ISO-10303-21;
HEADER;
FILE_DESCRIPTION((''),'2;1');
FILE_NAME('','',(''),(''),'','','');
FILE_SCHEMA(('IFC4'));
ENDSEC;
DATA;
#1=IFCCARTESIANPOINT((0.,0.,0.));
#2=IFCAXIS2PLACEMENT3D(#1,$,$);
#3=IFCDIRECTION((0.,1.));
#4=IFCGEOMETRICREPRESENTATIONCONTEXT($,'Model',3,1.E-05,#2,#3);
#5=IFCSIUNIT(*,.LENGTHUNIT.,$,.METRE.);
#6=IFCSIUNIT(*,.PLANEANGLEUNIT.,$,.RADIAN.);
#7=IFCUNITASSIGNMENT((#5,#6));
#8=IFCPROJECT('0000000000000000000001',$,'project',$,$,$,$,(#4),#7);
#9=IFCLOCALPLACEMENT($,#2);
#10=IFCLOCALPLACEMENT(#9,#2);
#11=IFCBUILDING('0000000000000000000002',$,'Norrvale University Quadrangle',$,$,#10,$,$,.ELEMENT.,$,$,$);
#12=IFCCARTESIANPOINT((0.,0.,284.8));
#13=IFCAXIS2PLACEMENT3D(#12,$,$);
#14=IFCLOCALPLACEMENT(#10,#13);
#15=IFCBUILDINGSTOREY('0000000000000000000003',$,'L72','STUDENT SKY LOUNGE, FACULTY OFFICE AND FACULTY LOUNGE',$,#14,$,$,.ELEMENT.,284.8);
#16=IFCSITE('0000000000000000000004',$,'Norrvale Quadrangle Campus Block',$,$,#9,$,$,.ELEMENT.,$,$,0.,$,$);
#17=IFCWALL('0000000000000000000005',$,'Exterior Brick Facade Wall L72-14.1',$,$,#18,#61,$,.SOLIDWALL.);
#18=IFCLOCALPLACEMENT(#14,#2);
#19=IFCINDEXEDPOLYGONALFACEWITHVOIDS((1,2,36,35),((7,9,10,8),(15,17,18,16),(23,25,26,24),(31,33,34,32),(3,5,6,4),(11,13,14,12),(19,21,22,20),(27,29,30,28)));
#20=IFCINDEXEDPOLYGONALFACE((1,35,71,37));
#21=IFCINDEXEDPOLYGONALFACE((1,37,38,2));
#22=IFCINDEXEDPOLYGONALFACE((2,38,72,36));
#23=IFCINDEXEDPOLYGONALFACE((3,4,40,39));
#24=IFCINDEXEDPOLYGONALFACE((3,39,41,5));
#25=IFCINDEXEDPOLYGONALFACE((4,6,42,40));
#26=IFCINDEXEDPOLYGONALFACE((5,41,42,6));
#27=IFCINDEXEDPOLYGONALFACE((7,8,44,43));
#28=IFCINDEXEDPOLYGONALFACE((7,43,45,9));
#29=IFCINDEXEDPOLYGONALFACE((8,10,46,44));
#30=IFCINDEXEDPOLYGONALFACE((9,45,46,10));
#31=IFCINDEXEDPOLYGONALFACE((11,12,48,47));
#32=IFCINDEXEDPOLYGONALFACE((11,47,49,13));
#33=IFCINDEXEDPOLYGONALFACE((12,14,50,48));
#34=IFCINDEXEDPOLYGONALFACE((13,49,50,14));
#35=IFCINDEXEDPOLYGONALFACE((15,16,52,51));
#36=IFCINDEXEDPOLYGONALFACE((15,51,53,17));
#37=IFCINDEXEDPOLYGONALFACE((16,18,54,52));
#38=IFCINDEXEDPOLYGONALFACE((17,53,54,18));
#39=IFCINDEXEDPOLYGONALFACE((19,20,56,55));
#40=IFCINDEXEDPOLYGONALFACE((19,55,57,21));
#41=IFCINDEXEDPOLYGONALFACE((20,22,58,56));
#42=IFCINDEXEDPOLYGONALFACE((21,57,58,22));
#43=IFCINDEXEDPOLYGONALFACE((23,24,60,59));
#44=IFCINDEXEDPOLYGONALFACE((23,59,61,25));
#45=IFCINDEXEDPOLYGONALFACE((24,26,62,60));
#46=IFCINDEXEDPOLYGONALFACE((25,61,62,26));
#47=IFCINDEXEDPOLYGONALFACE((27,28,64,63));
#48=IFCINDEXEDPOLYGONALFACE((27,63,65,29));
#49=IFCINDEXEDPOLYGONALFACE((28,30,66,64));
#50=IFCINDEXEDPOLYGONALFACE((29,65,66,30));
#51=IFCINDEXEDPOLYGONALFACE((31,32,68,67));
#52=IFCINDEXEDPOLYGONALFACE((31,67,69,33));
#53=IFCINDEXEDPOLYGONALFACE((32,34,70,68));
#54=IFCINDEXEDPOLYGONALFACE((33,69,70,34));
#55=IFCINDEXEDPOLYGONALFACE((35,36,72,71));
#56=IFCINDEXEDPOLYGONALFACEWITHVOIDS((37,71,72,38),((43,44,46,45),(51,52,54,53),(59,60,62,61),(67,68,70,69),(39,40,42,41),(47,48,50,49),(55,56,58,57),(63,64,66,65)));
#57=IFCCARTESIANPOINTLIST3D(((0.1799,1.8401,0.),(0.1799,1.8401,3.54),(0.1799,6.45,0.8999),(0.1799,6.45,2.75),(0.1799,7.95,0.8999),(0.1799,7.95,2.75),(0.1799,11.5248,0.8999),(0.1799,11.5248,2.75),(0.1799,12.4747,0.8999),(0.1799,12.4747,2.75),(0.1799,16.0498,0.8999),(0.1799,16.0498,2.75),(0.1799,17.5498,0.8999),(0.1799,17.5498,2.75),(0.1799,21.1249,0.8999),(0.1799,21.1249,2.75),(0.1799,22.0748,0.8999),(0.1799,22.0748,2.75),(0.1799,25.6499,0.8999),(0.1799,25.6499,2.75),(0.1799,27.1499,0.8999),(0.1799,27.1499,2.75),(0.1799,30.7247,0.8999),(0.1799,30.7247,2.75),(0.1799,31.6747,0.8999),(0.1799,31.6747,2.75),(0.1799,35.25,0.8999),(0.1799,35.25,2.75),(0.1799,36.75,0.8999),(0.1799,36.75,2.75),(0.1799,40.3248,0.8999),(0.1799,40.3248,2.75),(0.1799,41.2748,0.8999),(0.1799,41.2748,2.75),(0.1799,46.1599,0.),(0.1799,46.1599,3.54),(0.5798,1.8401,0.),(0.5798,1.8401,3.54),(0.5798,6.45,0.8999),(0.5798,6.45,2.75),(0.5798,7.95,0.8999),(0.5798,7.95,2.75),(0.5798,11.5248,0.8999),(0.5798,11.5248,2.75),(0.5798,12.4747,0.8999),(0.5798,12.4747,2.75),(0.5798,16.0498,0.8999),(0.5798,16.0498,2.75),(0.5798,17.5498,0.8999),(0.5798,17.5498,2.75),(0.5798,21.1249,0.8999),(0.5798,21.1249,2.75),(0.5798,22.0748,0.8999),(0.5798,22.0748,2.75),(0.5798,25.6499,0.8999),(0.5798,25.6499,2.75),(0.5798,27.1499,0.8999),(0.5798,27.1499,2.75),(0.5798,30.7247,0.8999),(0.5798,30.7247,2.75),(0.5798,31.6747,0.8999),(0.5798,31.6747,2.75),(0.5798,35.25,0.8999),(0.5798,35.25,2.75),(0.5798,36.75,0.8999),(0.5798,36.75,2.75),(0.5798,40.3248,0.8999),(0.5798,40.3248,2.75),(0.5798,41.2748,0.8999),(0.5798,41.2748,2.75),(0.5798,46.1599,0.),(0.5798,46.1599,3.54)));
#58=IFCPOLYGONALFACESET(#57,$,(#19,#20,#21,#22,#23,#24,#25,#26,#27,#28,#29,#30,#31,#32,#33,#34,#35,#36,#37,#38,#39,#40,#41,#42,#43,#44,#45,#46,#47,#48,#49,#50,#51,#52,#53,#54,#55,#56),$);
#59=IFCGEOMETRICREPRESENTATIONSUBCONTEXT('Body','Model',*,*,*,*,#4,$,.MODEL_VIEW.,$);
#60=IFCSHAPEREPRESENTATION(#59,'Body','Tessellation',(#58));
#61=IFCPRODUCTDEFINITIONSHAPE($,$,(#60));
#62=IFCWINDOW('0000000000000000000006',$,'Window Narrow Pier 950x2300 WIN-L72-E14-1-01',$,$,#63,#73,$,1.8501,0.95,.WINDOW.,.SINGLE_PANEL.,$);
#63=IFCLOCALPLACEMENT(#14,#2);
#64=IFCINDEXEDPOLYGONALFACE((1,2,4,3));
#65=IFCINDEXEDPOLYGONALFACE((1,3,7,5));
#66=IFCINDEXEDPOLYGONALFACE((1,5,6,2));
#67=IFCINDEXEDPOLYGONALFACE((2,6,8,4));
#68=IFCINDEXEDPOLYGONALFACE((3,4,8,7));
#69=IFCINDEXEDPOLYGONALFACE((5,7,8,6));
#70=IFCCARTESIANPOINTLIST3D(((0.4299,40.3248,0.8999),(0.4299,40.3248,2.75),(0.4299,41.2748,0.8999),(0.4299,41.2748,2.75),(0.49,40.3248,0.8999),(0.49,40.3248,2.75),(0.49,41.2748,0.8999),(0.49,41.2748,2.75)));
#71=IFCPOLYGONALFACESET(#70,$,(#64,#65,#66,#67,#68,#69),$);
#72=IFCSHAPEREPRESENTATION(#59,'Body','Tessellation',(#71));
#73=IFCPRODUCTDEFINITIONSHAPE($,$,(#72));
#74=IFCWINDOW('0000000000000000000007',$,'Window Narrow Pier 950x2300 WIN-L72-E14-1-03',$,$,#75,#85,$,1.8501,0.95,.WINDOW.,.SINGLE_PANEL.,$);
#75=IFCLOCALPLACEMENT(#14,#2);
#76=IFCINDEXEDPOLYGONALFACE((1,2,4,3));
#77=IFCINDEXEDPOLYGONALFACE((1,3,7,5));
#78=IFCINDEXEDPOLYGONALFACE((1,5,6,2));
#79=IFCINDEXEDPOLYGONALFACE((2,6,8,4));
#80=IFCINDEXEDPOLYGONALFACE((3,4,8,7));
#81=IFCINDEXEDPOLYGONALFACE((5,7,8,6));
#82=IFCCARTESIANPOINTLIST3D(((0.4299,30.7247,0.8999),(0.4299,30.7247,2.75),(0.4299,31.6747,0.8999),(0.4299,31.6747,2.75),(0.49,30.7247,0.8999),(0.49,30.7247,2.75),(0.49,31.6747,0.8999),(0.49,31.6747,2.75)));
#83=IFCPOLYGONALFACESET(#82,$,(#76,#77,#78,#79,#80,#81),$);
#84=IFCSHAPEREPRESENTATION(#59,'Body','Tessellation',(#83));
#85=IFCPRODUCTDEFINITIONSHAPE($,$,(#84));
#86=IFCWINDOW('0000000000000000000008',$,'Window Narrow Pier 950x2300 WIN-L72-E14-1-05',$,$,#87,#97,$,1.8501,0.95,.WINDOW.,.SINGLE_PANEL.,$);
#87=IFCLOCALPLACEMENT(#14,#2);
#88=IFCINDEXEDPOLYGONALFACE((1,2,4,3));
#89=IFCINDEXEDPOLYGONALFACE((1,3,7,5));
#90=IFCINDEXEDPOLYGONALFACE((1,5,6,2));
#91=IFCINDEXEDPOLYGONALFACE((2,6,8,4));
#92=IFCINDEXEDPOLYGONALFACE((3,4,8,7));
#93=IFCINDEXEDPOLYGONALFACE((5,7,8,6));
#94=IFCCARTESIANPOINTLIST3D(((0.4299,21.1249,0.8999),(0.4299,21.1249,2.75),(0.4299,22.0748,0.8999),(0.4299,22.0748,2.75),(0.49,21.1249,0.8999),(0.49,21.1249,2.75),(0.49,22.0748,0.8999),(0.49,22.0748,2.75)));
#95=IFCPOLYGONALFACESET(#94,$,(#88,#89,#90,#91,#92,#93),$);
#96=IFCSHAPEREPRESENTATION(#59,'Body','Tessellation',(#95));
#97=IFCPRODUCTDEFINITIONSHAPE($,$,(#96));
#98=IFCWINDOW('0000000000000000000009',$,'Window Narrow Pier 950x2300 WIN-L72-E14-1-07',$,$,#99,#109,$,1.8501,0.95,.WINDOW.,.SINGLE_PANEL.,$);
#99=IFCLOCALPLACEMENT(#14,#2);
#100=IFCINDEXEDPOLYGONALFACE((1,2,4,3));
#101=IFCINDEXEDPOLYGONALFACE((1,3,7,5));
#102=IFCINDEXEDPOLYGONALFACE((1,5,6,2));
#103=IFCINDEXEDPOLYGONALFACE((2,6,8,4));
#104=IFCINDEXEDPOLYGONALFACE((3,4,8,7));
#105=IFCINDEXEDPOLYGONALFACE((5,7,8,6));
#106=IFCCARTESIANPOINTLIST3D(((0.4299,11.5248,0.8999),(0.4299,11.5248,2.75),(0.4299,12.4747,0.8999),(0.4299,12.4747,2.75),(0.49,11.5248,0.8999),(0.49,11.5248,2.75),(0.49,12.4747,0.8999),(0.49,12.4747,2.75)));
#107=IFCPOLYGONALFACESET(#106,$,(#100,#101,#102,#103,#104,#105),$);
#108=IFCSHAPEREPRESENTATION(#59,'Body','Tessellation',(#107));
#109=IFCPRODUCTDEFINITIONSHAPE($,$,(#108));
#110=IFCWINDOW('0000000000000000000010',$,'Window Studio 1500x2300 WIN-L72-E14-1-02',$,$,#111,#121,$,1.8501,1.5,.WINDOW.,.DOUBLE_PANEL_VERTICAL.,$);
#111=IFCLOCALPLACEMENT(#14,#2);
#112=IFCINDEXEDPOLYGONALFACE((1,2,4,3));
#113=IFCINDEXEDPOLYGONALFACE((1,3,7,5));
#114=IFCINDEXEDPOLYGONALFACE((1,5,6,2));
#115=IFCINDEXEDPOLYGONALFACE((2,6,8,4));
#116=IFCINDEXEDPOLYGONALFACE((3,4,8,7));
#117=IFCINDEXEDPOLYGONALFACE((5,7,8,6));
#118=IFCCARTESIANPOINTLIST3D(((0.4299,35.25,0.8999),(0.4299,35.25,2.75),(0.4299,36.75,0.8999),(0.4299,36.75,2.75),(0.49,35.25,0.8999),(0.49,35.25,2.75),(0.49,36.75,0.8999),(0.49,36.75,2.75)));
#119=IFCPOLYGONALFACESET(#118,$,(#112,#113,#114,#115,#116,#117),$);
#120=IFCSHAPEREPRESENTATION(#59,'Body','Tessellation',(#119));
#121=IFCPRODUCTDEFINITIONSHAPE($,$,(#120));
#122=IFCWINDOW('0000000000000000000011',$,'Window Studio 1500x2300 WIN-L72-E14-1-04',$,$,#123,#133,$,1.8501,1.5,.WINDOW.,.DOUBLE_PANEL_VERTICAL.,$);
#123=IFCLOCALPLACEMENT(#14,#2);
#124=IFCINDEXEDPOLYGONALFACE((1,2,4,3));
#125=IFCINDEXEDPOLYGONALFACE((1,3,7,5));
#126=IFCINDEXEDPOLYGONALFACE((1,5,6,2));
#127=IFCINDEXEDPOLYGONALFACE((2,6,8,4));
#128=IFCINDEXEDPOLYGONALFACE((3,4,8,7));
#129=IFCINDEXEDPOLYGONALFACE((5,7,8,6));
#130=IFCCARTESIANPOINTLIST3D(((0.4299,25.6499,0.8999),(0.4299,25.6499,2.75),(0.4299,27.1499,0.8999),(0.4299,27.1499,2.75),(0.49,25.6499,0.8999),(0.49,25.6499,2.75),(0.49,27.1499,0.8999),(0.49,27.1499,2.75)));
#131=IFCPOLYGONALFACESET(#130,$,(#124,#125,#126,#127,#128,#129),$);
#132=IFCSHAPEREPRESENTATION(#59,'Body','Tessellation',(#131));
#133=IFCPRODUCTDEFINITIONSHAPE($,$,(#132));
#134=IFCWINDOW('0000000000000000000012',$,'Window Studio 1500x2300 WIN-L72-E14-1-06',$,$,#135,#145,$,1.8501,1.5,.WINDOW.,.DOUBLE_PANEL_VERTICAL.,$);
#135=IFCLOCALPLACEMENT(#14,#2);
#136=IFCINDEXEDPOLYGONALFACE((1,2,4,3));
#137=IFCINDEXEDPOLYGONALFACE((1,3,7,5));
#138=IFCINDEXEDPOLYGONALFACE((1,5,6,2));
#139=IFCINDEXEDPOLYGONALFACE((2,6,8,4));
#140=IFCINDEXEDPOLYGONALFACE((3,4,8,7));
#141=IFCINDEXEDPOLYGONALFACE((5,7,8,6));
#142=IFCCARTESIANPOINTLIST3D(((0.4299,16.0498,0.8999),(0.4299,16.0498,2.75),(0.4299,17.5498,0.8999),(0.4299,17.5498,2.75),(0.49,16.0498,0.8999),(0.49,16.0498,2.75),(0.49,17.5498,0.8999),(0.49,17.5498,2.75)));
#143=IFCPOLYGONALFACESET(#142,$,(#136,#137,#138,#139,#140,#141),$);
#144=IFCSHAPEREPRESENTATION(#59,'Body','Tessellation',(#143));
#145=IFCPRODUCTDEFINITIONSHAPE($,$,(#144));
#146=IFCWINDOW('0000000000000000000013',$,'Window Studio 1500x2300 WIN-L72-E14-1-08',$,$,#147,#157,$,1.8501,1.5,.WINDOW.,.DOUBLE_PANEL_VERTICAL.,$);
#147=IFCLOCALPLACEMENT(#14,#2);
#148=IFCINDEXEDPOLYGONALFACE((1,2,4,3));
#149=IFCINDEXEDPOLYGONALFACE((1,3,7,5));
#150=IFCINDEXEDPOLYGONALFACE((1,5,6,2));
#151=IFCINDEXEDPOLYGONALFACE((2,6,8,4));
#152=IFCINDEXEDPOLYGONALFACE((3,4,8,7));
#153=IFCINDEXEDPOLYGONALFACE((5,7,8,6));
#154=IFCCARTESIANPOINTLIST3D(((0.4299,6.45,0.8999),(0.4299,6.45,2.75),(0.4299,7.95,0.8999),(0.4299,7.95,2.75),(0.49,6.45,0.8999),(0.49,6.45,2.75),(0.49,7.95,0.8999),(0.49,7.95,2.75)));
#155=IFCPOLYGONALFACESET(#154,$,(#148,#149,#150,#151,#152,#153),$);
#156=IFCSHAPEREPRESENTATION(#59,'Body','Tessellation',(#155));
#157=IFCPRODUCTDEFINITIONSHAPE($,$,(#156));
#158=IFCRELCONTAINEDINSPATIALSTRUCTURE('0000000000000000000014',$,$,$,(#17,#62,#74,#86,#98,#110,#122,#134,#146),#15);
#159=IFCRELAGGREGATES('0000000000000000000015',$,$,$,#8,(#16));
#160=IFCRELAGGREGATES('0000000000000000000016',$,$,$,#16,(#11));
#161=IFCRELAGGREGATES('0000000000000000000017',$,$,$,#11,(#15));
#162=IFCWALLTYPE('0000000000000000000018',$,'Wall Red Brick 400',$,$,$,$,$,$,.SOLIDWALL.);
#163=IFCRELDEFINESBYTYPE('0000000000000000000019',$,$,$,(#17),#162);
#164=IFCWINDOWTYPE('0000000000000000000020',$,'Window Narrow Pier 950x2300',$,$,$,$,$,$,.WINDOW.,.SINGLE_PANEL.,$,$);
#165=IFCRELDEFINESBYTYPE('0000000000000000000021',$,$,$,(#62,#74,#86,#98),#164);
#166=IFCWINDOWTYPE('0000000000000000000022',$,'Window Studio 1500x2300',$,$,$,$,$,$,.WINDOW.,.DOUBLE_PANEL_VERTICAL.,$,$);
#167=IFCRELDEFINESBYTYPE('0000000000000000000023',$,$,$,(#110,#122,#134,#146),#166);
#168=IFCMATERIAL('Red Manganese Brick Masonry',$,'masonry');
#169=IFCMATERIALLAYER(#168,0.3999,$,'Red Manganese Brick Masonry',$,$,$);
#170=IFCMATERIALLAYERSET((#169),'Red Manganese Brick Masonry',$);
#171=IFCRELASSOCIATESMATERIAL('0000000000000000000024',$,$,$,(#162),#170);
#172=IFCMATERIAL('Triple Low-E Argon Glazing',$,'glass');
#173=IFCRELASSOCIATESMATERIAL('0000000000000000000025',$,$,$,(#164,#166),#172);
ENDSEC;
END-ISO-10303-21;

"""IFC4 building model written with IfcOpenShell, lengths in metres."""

from ifc_helpers import new_model, si_unit, direction, frame, frame_2d, origin, place, context, subcontext, project, spatial, rectangle, extrude, material, layer, layer_set, type_object, element, fill, save


model = new_model("IFC4")

# Units and contexts
model_context = context("Model", 3, precision=1e-05, world=origin(), true_north=direction((0.0, 1.0)))
body_context = subcontext(model_context, "Body", "Model", "MODEL_VIEW")
ifc_project = project(units=[si_unit("LENGTHUNIT", "METRE"), si_unit("PLANEANGLEUNIT", "RADIAN")], contexts=[model_context])

# Site, building, storey
site_placement = place(None, origin())
site = spatial("IfcSite", under=ifc_project, at=site_placement, Name="Norrvale Quadrangle Campus Block", CompositionType="ELEMENT", RefElevation=0.0)
building_placement = place(site_placement, origin())
building = spatial("IfcBuilding", under=site, at=building_placement, Name="Norrvale University Quadrangle", CompositionType="ELEMENT")
storey_placement = place(building_placement, frame((0.0, 0.0, 284.8)))
storey = spatial("IfcBuildingStorey", under=building, at=storey_placement, Name="L72", Description="STUDENT SKY LOUNGE, FACULTY OFFICE AND FACULTY LOUNGE", CompositionType="ELEMENT", Elevation=284.8)

# Shared definitions
ifc_material_1 = material(Name="Red Manganese Brick Masonry", Category="masonry")
ifc_layer_1 = layer(ifc_material_1, 0.3999, Name="Red Manganese Brick Masonry")
ifc_layer_set_1 = layer_set([ifc_layer_1], Name="Red Manganese Brick Masonry")
wall_type_1 = type_object("IfcWallType", Name="Wall Red Brick 400", PredefinedType="SOLIDWALL", material=ifc_layer_set_1)

# Wall, openings, windows
wall_1_placement = place(storey_placement, frame((0.3799, 46.1599, 0.0), z_axis=(0.0, 0.0, 1.0), x_axis=(0.0, -1.0, 0.0)))
wall_1 = element("IfcWall", 1, at=wall_1_placement, inside=storey, type_object=wall_type_1, Name="Exterior Brick Facade Wall L72-14.1", PredefinedType="SOLIDWALL", context=body_context, shape_type="SweptSolid", body=[
    extrude(rectangle(XDim=44.3198, YDim=0.3999, at=frame_2d((22.1599, 0.0))), origin(), (0.0, 0.0, 1.0), 3.54),
])
opening_1_placement = place(wall_1_placement, frame((4.885, 0.0, 0.8999)))
opening_1 = element("IfcOpeningElement", 2, at=opening_1_placement, cuts=wall_1, PredefinedType="OPENING", context=body_context, shape_type="SweptSolid", body=[
    extrude(rectangle(XDim=0.95, YDim=1.8501, at=frame_2d((0.4751, 0.925))), frame((0.0, 0.2119, 0.0), z_axis=(0.0, -1.0, 0.0), x_axis=(1.0, 0.0, 0.0)), (0.0, 0.0, 1.0), 0.4238),
])
opening_2_placement = place(wall_1_placement, frame((9.4099, 0.0, 0.8999)))
opening_2 = element("IfcOpeningElement", 3, at=opening_2_placement, cuts=wall_1, PredefinedType="OPENING", context=body_context, shape_type="SweptSolid", body=[
    extrude(rectangle(XDim=1.5, YDim=1.8501, at=frame_2d((0.75, 0.925))), frame((0.0, 0.2119, 0.0), z_axis=(0.0, -1.0, 0.0), x_axis=(1.0, 0.0, 0.0)), (0.0, 0.0, 1.0), 0.4238),
])
opening_3_placement = place(wall_1_placement, frame((14.4851, 0.0, 0.8999)))
opening_3 = element("IfcOpeningElement", 4, at=opening_3_placement, cuts=wall_1, PredefinedType="OPENING", context=body_context, shape_type="SweptSolid", body=[
    extrude(rectangle(XDim=0.95, YDim=1.8501, at=frame_2d((0.4751, 0.925))), frame((0.0, 0.2119, 0.0), z_axis=(0.0, -1.0, 0.0), x_axis=(1.0, 0.0, 0.0)), (0.0, 0.0, 1.0), 0.4238),
])
opening_4_placement = place(wall_1_placement, frame((19.01, 0.0, 0.8999)))
opening_4 = element("IfcOpeningElement", 5, at=opening_4_placement, cuts=wall_1, PredefinedType="OPENING", context=body_context, shape_type="SweptSolid", body=[
    extrude(rectangle(XDim=1.5, YDim=1.8501, at=frame_2d((0.75, 0.925))), frame((0.0, 0.2119, 0.0), z_axis=(0.0, -1.0, 0.0), x_axis=(1.0, 0.0, 0.0)), (0.0, 0.0, 1.0), 0.4238),
])
opening_5_placement = place(wall_1_placement, frame((24.085, 0.0, 0.8999)))
opening_5 = element("IfcOpeningElement", 6, at=opening_5_placement, cuts=wall_1, PredefinedType="OPENING", context=body_context, shape_type="SweptSolid", body=[
    extrude(rectangle(XDim=0.95, YDim=1.8501, at=frame_2d((0.4751, 0.925))), frame((0.0, 0.2119, 0.0), z_axis=(0.0, -1.0, 0.0), x_axis=(1.0, 0.0, 0.0)), (0.0, 0.0, 1.0), 0.4238),
])
opening_6_placement = place(wall_1_placement, frame((28.6101, 0.0, 0.8999)))
opening_6 = element("IfcOpeningElement", 7, at=opening_6_placement, cuts=wall_1, PredefinedType="OPENING", context=body_context, shape_type="SweptSolid", body=[
    extrude(rectangle(XDim=1.5, YDim=1.8501, at=frame_2d((0.75, 0.925))), frame((0.0, 0.2119, 0.0), z_axis=(0.0, -1.0, 0.0), x_axis=(1.0, 0.0, 0.0)), (0.0, 0.0, 1.0), 0.4238),
])
opening_7_placement = place(wall_1_placement, frame((33.6851, 0.0, 0.8999)))
opening_7 = element("IfcOpeningElement", 8, at=opening_7_placement, cuts=wall_1, PredefinedType="OPENING", context=body_context, shape_type="SweptSolid", body=[
    extrude(rectangle(XDim=0.95, YDim=1.8501, at=frame_2d((0.4751, 0.925))), frame((0.0, 0.2119, 0.0), z_axis=(0.0, -1.0, 0.0), x_axis=(1.0, 0.0, 0.0)), (0.0, 0.0, 1.0), 0.4238),
])
opening_8_placement = place(wall_1_placement, frame((38.21, 0.0, 0.8999)))
opening_8 = element("IfcOpeningElement", 9, at=opening_8_placement, cuts=wall_1, PredefinedType="OPENING", context=body_context, shape_type="SweptSolid", body=[
    extrude(rectangle(XDim=1.5, YDim=1.8501, at=frame_2d((0.75, 0.925))), frame((0.0, 0.2119, 0.0), z_axis=(0.0, -1.0, 0.0), x_axis=(1.0, 0.0, 0.0)), (0.0, 0.0, 1.0), 0.4238),
])
ifc_material_2 = material(Name="Triple Low-E Argon Glazing", Category="glass")
window_type_1 = type_object("IfcWindowType", Name="Window Narrow Pier 950x2300", PartitioningType="SINGLE_PANEL", PredefinedType="WINDOW", material=ifc_material_2)
window_1_placement = place(opening_1_placement, origin())
window_1 = element("IfcWindow", 10, at=window_1_placement, inside=storey, type_object=window_type_1, Name="Window Narrow Pier 950x2300 WIN-L72-E14-1-01", OverallHeight=1.8501, OverallWidth=0.95, PartitioningType="SINGLE_PANEL", PredefinedType="WINDOW", context=body_context, shape_type="SweptSolid", body=[
    extrude(rectangle(XDim=0.95, YDim=1.8501, at=frame_2d((0.4751, 0.925))), frame((0.0, 0.1101, 0.0), z_axis=(0.0, -1.0, 0.0), x_axis=(1.0, 0.0, 0.0)), (0.0, 0.0, 1.0), 0.0601),
])
fill(opening_1, window_1)
window_2_placement = place(opening_3_placement, origin())
window_2 = element("IfcWindow", 11, at=window_2_placement, inside=storey, type_object=window_type_1, Name="Window Narrow Pier 950x2300 WIN-L72-E14-1-03", OverallHeight=1.8501, OverallWidth=0.95, PartitioningType="SINGLE_PANEL", PredefinedType="WINDOW", context=body_context, shape_type="SweptSolid", body=[
    extrude(rectangle(XDim=0.95, YDim=1.8501, at=frame_2d((0.4751, 0.925))), frame((0.0, 0.1101, 0.0), z_axis=(0.0, -1.0, 0.0), x_axis=(1.0, 0.0, 0.0)), (0.0, 0.0, 1.0), 0.0601),
])
fill(opening_3, window_2)
window_3_placement = place(opening_5_placement, origin())
window_3 = element("IfcWindow", 12, at=window_3_placement, inside=storey, type_object=window_type_1, Name="Window Narrow Pier 950x2300 WIN-L72-E14-1-05", OverallHeight=1.8501, OverallWidth=0.95, PartitioningType="SINGLE_PANEL", PredefinedType="WINDOW", context=body_context, shape_type="SweptSolid", body=[
    extrude(rectangle(XDim=0.95, YDim=1.8501, at=frame_2d((0.4751, 0.925))), frame((0.0, 0.1101, 0.0), z_axis=(0.0, -1.0, 0.0), x_axis=(1.0, 0.0, 0.0)), (0.0, 0.0, 1.0), 0.0601),
])
fill(opening_5, window_3)
window_4_placement = place(opening_7_placement, origin())
window_4 = element("IfcWindow", 13, at=window_4_placement, inside=storey, type_object=window_type_1, Name="Window Narrow Pier 950x2300 WIN-L72-E14-1-07", OverallHeight=1.8501, OverallWidth=0.95, PartitioningType="SINGLE_PANEL", PredefinedType="WINDOW", context=body_context, shape_type="SweptSolid", body=[
    extrude(rectangle(XDim=0.95, YDim=1.8501, at=frame_2d((0.4751, 0.925))), frame((0.0, 0.1101, 0.0), z_axis=(0.0, -1.0, 0.0), x_axis=(1.0, 0.0, 0.0)), (0.0, 0.0, 1.0), 0.0601),
])
fill(opening_7, window_4)
window_type_2 = type_object("IfcWindowType", Name="Window Studio 1500x2300", PartitioningType="DOUBLE_PANEL_VERTICAL", PredefinedType="WINDOW", material=ifc_material_2)
window_5_placement = place(opening_2_placement, origin())
window_5 = element("IfcWindow", 14, at=window_5_placement, inside=storey, type_object=window_type_2, Name="Window Studio 1500x2300 WIN-L72-E14-1-02", OverallHeight=1.8501, OverallWidth=1.5, PartitioningType="DOUBLE_PANEL_VERTICAL", PredefinedType="WINDOW", context=body_context, shape_type="SweptSolid", body=[
    extrude(rectangle(XDim=1.5, YDim=1.8501, at=frame_2d((0.75, 0.925))), frame((0.0, 0.1101, 0.0), z_axis=(0.0, -1.0, 0.0), x_axis=(1.0, 0.0, 0.0)), (0.0, 0.0, 1.0), 0.0601),
])
fill(opening_2, window_5)
window_6_placement = place(opening_4_placement, origin())
window_6 = element("IfcWindow", 15, at=window_6_placement, inside=storey, type_object=window_type_2, Name="Window Studio 1500x2300 WIN-L72-E14-1-04", OverallHeight=1.8501, OverallWidth=1.5, PartitioningType="DOUBLE_PANEL_VERTICAL", PredefinedType="WINDOW", context=body_context, shape_type="SweptSolid", body=[
    extrude(rectangle(XDim=1.5, YDim=1.8501, at=frame_2d((0.75, 0.925))), frame((0.0, 0.1101, 0.0), z_axis=(0.0, -1.0, 0.0), x_axis=(1.0, 0.0, 0.0)), (0.0, 0.0, 1.0), 0.0601),
])
fill(opening_4, window_6)
window_7_placement = place(opening_6_placement, origin())
window_7 = element("IfcWindow", 16, at=window_7_placement, inside=storey, type_object=window_type_2, Name="Window Studio 1500x2300 WIN-L72-E14-1-06", OverallHeight=1.8501, OverallWidth=1.5, PartitioningType="DOUBLE_PANEL_VERTICAL", PredefinedType="WINDOW", context=body_context, shape_type="SweptSolid", body=[
    extrude(rectangle(XDim=1.5, YDim=1.8501, at=frame_2d((0.75, 0.925))), frame((0.0, 0.1101, 0.0), z_axis=(0.0, -1.0, 0.0), x_axis=(1.0, 0.0, 0.0)), (0.0, 0.0, 1.0), 0.0601),
])
fill(opening_6, window_7)
window_8_placement = place(opening_8_placement, origin())
window_8 = element("IfcWindow", 17, at=window_8_placement, inside=storey, type_object=window_type_2, Name="Window Studio 1500x2300 WIN-L72-E14-1-08", OverallHeight=1.8501, OverallWidth=1.5, PartitioningType="DOUBLE_PANEL_VERTICAL", PredefinedType="WINDOW", context=body_context, shape_type="SweptSolid", body=[
    extrude(rectangle(XDim=1.5, YDim=1.8501, at=frame_2d((0.75, 0.925))), frame((0.0, 0.1101, 0.0), z_axis=(0.0, -1.0, 0.0), x_axis=(1.0, 0.0, 0.0)), (0.0, 0.0, 1.0), 0.0601),
])
fill(opening_8, window_8)

save(model, "model.ifc")
